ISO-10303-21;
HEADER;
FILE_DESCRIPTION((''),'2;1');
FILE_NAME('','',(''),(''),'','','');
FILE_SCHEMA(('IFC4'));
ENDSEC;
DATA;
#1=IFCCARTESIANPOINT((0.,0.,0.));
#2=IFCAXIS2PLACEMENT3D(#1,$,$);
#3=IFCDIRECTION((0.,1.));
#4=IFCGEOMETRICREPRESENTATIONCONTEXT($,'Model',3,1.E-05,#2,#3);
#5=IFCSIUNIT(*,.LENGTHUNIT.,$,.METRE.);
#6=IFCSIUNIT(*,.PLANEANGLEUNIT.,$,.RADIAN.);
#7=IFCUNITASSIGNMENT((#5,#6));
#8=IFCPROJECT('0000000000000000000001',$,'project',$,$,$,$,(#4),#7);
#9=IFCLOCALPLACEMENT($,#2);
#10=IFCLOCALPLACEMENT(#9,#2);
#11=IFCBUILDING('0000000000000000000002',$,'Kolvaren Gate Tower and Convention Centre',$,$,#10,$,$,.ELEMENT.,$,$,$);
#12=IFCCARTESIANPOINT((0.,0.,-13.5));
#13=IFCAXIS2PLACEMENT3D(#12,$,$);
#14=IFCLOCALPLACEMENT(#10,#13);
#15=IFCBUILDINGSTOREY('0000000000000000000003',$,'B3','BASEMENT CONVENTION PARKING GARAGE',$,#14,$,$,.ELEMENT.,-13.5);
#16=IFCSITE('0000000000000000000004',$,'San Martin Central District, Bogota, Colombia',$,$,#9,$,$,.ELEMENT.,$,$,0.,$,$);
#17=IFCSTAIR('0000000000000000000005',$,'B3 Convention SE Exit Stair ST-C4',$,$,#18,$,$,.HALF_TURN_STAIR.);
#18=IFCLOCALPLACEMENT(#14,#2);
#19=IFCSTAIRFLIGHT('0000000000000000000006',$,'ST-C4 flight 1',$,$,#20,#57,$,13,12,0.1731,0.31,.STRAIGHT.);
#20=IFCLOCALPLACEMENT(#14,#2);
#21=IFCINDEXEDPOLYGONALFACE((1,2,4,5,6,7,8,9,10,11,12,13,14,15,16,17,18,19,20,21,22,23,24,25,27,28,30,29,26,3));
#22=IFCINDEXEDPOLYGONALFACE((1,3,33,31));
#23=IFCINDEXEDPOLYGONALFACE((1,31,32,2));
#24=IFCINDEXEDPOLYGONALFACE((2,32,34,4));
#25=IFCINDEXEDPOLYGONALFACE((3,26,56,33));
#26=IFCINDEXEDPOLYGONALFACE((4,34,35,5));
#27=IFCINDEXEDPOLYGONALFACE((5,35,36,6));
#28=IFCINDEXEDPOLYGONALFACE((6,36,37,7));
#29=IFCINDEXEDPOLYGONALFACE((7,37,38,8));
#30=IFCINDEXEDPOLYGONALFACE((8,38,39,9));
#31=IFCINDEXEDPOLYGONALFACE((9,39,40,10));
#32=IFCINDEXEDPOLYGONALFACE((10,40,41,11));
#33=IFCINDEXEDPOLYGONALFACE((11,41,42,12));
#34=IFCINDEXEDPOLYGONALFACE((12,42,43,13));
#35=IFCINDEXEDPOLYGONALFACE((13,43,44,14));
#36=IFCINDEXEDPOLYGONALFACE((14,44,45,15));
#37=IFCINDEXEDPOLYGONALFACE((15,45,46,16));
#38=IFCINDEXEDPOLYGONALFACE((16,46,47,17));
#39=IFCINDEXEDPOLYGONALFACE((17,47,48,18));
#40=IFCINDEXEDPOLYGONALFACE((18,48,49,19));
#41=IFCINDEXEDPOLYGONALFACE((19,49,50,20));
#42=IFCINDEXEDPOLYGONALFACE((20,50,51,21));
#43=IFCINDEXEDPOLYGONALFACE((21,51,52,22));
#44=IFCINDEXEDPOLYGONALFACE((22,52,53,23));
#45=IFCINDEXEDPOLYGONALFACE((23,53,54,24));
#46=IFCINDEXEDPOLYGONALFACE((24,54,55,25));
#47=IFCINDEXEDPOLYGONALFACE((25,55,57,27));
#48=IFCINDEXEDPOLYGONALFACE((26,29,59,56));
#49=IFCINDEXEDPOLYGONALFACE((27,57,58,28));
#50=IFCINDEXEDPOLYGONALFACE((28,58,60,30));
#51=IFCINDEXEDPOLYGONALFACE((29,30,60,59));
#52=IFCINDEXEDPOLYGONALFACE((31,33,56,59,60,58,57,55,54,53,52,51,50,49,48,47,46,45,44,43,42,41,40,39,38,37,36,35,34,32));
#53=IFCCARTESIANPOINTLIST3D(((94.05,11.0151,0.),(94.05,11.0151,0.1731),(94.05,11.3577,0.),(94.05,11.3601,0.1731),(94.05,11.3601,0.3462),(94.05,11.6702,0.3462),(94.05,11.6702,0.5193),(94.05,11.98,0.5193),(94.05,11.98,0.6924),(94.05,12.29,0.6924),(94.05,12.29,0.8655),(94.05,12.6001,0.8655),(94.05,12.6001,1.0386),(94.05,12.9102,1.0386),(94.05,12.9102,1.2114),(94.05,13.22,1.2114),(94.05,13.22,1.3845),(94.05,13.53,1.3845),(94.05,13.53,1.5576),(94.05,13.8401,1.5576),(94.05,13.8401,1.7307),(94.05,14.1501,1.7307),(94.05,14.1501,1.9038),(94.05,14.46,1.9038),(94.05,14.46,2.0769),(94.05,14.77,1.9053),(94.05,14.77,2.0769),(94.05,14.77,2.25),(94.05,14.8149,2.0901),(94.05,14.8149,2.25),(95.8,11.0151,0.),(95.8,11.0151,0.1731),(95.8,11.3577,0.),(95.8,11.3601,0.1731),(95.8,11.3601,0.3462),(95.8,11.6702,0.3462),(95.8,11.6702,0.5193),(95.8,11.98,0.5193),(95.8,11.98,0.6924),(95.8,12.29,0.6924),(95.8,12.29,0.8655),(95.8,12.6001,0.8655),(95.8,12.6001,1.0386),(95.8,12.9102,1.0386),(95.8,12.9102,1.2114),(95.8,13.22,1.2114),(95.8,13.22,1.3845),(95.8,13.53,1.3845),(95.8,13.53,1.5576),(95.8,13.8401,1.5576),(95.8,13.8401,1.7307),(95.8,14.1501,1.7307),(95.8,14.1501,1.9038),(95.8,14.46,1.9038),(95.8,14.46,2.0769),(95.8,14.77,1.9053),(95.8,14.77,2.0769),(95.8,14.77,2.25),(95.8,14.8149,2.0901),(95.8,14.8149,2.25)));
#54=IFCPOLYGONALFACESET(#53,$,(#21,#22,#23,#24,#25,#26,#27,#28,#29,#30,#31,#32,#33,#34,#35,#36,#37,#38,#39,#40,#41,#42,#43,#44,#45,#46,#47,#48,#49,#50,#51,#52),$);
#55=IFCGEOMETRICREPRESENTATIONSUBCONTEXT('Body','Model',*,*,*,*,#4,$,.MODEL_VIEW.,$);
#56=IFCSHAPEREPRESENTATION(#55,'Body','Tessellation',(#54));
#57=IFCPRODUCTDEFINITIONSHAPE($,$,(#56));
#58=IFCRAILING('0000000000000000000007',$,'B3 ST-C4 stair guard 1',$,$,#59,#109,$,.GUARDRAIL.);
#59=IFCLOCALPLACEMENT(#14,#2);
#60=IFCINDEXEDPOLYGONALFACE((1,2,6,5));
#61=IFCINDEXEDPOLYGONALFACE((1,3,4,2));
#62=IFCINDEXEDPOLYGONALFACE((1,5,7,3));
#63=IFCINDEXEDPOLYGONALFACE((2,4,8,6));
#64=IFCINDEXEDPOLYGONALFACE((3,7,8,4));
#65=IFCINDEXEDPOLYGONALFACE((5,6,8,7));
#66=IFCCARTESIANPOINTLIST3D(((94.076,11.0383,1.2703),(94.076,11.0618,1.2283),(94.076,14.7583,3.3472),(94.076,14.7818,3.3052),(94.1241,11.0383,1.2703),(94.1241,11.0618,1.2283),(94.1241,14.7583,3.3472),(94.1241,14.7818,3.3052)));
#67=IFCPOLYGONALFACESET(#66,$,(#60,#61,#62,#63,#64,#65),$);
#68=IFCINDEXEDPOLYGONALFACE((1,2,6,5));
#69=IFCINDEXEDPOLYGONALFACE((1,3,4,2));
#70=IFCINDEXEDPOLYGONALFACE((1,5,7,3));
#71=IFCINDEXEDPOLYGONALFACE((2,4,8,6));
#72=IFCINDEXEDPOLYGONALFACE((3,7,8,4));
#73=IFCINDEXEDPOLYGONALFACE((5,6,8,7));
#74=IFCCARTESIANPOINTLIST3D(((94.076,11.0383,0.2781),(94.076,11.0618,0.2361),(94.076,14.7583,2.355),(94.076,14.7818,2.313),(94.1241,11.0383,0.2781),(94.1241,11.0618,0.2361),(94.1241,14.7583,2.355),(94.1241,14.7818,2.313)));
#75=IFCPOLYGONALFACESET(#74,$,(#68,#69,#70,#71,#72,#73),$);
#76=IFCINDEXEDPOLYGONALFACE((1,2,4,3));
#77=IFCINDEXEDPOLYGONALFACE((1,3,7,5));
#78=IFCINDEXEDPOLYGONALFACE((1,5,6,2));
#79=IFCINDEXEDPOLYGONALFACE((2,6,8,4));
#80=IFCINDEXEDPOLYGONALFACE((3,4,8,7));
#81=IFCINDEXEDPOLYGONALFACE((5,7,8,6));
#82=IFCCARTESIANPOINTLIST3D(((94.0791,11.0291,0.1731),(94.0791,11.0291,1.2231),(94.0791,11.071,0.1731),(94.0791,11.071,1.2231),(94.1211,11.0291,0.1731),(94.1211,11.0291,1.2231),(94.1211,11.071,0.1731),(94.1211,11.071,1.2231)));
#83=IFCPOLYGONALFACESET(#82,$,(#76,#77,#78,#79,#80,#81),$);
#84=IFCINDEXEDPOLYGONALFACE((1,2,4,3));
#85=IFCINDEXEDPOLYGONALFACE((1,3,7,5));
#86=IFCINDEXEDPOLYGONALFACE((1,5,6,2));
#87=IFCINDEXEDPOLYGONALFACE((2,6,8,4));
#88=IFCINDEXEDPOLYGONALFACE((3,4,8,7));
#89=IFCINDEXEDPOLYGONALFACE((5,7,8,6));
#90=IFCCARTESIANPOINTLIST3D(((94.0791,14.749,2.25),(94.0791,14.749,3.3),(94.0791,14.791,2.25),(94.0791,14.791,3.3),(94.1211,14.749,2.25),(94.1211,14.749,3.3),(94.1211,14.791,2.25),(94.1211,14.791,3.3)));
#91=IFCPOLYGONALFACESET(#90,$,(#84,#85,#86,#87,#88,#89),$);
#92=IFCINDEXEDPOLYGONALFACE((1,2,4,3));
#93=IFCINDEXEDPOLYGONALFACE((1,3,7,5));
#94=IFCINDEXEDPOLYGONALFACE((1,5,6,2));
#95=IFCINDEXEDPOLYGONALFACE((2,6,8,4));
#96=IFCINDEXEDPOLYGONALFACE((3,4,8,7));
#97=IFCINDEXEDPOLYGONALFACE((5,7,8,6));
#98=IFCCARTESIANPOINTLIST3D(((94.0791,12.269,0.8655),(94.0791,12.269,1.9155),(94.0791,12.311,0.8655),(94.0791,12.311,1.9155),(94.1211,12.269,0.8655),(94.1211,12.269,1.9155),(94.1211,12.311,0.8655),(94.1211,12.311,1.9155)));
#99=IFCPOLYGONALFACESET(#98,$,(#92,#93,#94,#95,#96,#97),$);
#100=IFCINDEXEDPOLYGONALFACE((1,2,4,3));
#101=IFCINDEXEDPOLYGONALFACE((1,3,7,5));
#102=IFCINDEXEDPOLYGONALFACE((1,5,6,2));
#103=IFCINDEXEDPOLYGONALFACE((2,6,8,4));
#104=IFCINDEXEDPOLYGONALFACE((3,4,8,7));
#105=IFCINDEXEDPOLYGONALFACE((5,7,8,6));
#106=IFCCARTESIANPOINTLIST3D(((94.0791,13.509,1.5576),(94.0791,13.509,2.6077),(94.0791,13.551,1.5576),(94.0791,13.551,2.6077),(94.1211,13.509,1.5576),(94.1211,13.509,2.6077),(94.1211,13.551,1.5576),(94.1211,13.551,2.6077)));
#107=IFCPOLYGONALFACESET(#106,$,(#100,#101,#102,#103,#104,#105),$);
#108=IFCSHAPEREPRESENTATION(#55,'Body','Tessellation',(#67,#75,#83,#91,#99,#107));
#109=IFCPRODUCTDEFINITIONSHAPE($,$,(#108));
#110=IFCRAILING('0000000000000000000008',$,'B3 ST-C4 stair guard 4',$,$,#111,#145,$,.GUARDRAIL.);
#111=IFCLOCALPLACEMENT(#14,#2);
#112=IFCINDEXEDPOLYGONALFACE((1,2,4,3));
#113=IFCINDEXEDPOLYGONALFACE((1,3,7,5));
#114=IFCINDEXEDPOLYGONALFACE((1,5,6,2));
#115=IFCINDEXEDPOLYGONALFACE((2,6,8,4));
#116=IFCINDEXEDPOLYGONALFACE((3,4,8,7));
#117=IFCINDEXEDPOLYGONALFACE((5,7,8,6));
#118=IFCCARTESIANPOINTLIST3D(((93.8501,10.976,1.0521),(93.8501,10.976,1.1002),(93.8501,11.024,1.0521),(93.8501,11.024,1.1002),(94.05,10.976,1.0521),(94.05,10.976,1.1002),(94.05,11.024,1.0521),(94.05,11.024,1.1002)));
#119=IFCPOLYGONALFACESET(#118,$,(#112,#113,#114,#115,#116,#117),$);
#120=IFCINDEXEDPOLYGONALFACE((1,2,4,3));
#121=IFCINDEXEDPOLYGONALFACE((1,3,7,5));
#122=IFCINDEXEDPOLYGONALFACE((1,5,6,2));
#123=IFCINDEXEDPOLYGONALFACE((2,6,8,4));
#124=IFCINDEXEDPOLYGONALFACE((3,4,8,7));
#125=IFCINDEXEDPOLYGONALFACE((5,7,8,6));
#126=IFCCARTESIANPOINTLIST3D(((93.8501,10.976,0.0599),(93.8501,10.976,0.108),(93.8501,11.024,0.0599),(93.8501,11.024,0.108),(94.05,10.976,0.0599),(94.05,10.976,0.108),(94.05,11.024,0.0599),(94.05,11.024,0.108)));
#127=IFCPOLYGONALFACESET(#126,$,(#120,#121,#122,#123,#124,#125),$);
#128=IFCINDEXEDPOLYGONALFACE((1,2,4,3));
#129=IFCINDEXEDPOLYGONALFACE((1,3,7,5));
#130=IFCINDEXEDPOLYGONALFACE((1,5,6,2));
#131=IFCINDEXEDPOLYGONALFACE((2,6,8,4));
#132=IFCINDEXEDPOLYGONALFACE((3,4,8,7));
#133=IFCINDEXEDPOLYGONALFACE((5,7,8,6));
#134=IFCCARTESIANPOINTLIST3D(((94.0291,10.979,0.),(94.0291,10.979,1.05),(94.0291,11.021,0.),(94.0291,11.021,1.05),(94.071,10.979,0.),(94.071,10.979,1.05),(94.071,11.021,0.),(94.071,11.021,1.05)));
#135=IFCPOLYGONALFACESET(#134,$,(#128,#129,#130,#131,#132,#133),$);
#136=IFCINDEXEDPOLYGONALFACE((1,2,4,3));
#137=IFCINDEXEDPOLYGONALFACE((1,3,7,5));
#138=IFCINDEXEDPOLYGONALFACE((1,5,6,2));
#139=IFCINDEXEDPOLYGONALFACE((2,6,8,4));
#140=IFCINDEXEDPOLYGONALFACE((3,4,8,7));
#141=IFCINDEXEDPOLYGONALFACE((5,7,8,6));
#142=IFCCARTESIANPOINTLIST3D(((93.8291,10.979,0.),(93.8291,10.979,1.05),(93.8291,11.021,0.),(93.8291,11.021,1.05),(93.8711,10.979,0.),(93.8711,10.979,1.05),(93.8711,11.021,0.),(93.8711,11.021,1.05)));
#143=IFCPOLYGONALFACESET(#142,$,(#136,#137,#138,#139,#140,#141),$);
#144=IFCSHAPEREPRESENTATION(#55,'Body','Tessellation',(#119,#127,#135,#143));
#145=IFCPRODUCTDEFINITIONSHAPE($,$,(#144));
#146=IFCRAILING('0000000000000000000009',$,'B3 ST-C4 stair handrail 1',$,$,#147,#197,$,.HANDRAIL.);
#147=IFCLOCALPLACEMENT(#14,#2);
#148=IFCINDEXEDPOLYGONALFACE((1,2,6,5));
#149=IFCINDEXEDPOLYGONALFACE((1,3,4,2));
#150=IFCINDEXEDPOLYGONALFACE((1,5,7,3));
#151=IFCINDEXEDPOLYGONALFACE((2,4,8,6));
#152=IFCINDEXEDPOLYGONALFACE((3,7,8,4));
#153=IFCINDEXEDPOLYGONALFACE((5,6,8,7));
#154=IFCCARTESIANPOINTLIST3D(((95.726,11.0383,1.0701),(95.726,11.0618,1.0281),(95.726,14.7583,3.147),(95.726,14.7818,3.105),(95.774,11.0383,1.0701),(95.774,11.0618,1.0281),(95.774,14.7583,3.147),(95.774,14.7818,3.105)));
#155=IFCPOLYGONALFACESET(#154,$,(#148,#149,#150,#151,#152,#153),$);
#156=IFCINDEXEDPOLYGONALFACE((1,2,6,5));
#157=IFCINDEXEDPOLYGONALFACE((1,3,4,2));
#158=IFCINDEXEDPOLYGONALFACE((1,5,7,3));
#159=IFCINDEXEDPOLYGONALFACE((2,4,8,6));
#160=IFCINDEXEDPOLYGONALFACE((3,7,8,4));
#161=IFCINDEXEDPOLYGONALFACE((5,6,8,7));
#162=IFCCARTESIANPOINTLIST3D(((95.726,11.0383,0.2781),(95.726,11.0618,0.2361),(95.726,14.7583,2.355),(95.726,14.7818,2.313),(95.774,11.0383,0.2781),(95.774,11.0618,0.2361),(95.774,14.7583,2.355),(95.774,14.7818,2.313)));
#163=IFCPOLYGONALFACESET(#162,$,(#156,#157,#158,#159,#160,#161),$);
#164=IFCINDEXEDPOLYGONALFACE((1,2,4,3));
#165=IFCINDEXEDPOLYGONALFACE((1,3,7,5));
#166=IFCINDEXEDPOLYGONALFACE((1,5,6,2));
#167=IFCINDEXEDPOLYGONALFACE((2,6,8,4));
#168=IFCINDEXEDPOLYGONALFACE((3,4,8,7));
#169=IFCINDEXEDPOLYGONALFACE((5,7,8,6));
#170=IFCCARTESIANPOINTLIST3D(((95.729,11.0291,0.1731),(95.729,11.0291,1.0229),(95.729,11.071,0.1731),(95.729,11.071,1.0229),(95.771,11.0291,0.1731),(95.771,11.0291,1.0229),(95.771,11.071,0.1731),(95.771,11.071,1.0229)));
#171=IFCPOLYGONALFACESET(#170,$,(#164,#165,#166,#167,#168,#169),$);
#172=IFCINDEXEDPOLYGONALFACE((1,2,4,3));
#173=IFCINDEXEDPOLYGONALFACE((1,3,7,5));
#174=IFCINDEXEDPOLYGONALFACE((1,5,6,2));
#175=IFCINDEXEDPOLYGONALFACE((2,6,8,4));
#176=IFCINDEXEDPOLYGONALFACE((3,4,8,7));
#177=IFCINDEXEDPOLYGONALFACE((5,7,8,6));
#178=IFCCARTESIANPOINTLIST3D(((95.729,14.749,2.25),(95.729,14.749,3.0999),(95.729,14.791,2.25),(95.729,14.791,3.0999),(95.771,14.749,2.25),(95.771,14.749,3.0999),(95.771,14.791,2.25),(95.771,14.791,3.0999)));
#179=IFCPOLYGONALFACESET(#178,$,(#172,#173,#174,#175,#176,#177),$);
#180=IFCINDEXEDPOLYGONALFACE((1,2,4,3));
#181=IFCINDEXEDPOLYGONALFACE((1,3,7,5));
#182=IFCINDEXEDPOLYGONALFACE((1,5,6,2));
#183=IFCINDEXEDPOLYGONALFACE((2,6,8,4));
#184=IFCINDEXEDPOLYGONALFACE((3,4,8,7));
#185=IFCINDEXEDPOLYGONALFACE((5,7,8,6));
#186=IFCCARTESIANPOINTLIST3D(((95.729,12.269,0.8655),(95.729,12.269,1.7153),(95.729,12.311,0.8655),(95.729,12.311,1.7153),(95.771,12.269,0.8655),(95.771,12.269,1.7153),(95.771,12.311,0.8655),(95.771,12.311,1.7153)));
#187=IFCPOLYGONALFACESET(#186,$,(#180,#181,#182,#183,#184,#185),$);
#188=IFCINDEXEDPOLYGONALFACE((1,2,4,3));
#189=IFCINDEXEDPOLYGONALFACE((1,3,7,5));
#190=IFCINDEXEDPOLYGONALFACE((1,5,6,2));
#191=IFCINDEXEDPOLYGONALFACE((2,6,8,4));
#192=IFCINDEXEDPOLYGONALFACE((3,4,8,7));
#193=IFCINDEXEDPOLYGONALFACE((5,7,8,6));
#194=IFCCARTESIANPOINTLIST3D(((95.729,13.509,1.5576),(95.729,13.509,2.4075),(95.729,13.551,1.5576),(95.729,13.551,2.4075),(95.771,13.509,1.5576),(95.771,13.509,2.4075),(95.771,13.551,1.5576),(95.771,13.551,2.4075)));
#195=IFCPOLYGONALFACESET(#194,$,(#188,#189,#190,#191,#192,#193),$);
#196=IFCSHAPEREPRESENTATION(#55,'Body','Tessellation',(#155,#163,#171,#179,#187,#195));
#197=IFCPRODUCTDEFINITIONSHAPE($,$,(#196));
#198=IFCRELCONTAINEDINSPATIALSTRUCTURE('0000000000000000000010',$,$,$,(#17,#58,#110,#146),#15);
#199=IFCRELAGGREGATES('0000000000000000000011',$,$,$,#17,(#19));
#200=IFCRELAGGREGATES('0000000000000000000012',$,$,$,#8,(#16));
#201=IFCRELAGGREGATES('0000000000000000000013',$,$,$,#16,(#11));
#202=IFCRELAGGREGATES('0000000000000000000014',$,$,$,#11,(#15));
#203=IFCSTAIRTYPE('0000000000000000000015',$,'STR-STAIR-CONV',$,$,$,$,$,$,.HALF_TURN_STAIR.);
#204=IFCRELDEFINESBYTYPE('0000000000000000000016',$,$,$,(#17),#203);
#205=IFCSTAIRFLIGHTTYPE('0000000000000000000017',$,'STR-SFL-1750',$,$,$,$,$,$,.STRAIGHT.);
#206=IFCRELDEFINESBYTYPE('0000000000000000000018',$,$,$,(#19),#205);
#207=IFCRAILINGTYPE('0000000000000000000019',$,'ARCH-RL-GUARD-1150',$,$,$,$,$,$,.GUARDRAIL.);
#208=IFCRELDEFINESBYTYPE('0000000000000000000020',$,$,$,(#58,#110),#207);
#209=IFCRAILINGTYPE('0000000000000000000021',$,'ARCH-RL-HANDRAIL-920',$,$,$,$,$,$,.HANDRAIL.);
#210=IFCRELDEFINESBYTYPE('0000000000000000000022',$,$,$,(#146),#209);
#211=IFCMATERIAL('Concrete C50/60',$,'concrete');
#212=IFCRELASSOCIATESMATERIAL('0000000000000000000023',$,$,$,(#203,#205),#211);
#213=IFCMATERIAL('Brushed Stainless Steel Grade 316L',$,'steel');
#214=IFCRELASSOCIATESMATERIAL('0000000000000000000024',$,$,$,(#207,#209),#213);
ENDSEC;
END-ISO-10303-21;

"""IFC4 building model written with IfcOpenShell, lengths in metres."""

from ifc_helpers import new_model, si_unit, direction, frame, origin, origin_2d, place, context, subcontext, project, spatial, polyline, rectangle, outline, extrude, material, type_object, element, aggregate, save


model = new_model("IFC4")

# Units and contexts
model_context = context("Model", 3, precision=1e-05, world=origin(), true_north=direction((0.0, 1.0)))
body_context = subcontext(model_context, "Body", "Model", "MODEL_VIEW")
ifc_project = project(units=[si_unit("LENGTHUNIT", "METRE"), si_unit("PLANEANGLEUNIT", "RADIAN")], contexts=[model_context])

# Site, building, storey
site_placement = place(None, origin())
site = spatial("IfcSite", under=ifc_project, at=site_placement, Name="San Martin Central District, Bogota, Colombia", CompositionType="ELEMENT", RefElevation=0.0)
building_placement = place(site_placement, origin())
building = spatial("IfcBuilding", under=site, at=building_placement, Name="Kolvaren Gate Tower and Convention Centre", CompositionType="ELEMENT")
storey_placement = place(building_placement, frame((0.0, 0.0, -13.5)))
storey = spatial("IfcBuildingStorey", under=building, at=storey_placement, Name="B3", Description="BASEMENT CONVENTION PARKING GARAGE", CompositionType="ELEMENT", Elevation=-13.5)

# Shared definitions
ifc_material_1 = material(Name="Concrete C50/60", Category="concrete")

# Stair, stair flight
stair_type = type_object("IfcStairType", Name="STR-STAIR-CONV", PredefinedType="HALF_TURN_STAIR", material=ifc_material_1)
stair_placement = place(storey_placement, origin())
stair = element("IfcStair", 1, at=stair_placement, inside=storey, type_object=stair_type, Name="B3 Convention SE Exit Stair ST-C4", PredefinedType="HALF_TURN_STAIR")
stair_flight_type = type_object("IfcStairFlightType", Name="STR-SFL-1750", PredefinedType="STRAIGHT", material=ifc_material_1)
stair_flight_placement = place(storey_placement, frame((94.925, 11.05, 0.0), z_axis=(0.0, 0.0, 1.0), x_axis=(0.0, 1.0, 0.0)))
stair_flight = element("IfcStairFlight", 2, at=stair_flight_placement, type_object=stair_flight_type, Name="ST-C4 flight 1", NumberOfRisers=13, NumberOfTreads=12, PredefinedType="STRAIGHT", RiserHeight=0.1731, TreadLength=0.31, context=body_context, shape_type="SweptSolid", body=[
    extrude(outline(polyline([(-0.0349, 0.0), (-0.0349, 0.1731), (0.3101, 0.1731), (0.3101, 0.3462), (0.6201, 0.3462), (0.6201, 0.5193), (0.9299, 0.5193), (0.9299, 0.6924), (1.24, 0.6924), (1.24, 0.8655), (1.55, 0.8655), (1.55, 1.0386), (1.8601, 1.0386), (1.8601, 1.2114), (2.1699, 1.2114), (2.1699, 1.3845), (2.48, 1.3845), (2.48, 1.5576), (2.79, 1.5576), (2.79, 1.7307), (3.1001, 1.7307), (3.1001, 1.9038), (3.4099, 1.9038), (3.4099, 2.0769), (3.72, 2.0769), (3.72, 2.25), (3.7649, 2.25), (3.7649, 2.0901), (3.72, 1.9053), (0.3076, 0.0), (-0.0349, 0.0)])), frame((0.0, 0.875, 0.0), z_axis=(0.0, -1.0, 0.0), x_axis=(1.0, 0.0, 0.0)), (0.0, 0.0, 1.0), 1.75),
])
aggregate(stair, [stair_flight])

# Railings
ifc_material_2 = material(Name="Brushed Stainless Steel Grade 316L", Category="steel")
railing_type_1 = type_object("IfcRailingType", Name="ARCH-RL-GUARD-1150", PredefinedType="GUARDRAIL", material=ifc_material_2)
railing_1_placement = place(storey_placement, frame((94.1001, 11.05, 0.1731)))
element("IfcRailing", 3, at=railing_1_placement, inside=storey, type_object=railing_type_1, Name="B3 ST-C4 stair guard 1", PredefinedType="GUARDRAIL", context=body_context, shape_type="SweptSolid", body=[
    extrude(rectangle(XDim=0.0481, YDim=0.0481, at=origin_2d()), frame((0.0, 0.0, 1.0762), z_axis=(0.0, 0.873134, 0.487481), x_axis=(-1.0, 0.0, 0.0)), (0.0, 0.0, 1.0), 4.2605),
    extrude(rectangle(XDim=0.0481, YDim=0.0481, at=origin_2d()), frame((0.0, 0.0, 0.084), z_axis=(0.0, 0.873134, 0.487481), x_axis=(-1.0, 0.0, 0.0)), (0.0, 0.0, 1.0), 4.2605),
    extrude(rectangle(XDim=0.042, YDim=0.042, at=origin_2d()), origin(), (0.0, 0.0, 1.0), 1.05),
    extrude(rectangle(XDim=0.042, YDim=0.042, at=origin_2d()), frame((0.0, 3.72, 2.0769)), (0.0, 0.0, 1.0), 1.05),
    extrude(rectangle(XDim=0.042, YDim=0.042, at=origin_2d()), frame((0.0, 1.24, 0.6924)), (0.0, 0.0, 1.0), 1.05),
    extrude(rectangle(XDim=0.042, YDim=0.042, at=origin_2d()), frame((0.0, 2.48, 1.3845)), (0.0, 0.0, 1.0), 1.05),
])
railing_2_placement = place(storey_placement, frame((94.05, 11.0, 0.0)))
element("IfcRailing", 4, at=railing_2_placement, inside=storey, type_object=railing_type_1, Name="B3 ST-C4 stair guard 4", PredefinedType="GUARDRAIL", context=body_context, shape_type="SweptSolid", body=[
    extrude(rectangle(XDim=0.0481, YDim=0.0481, at=origin_2d()), frame((0.0, 0.0, 1.0762), z_axis=(-1.0, 0.0, 0.0), x_axis=(0.0, -1.0, 0.0)), (0.0, 0.0, 1.0), 0.2),
    extrude(rectangle(XDim=0.0481, YDim=0.0481, at=origin_2d()), frame((0.0, 0.0, 0.084), z_axis=(-1.0, 0.0, 0.0), x_axis=(0.0, -1.0, 0.0)), (0.0, 0.0, 1.0), 0.2),
    extrude(rectangle(XDim=0.042, YDim=0.042, at=origin_2d()), origin(), (0.0, 0.0, 1.0), 1.05),
    extrude(rectangle(XDim=0.042, YDim=0.042, at=origin_2d()), frame((-0.2, 0.0, 0.0)), (0.0, 0.0, 1.0), 1.05),
])
railing_type_2 = type_object("IfcRailingType", Name="ARCH-RL-HANDRAIL-920", PredefinedType="HANDRAIL", material=ifc_material_2)
railing_3_placement = place(storey_placement, frame((95.75, 11.05, 0.1731)))
element("IfcRailing", 5, at=railing_3_placement, inside=storey, type_object=railing_type_2, Name="B3 ST-C4 stair handrail 1", PredefinedType="HANDRAIL", context=body_context, shape_type="SweptSolid", body=[
    extrude(rectangle(XDim=0.0481, YDim=0.0481, at=origin_2d()), frame((0.0, 0.0, 0.876), z_axis=(0.0, 0.873134, 0.487481), x_axis=(-1.0, 0.0, 0.0)), (0.0, 0.0, 1.0), 4.2605),
    extrude(rectangle(XDim=0.0481, YDim=0.0481, at=origin_2d()), frame((0.0, 0.0, 0.084), z_axis=(0.0, 0.873134, 0.487481), x_axis=(-1.0, 0.0, 0.0)), (0.0, 0.0, 1.0), 4.2605),
    extrude(rectangle(XDim=0.042, YDim=0.042, at=origin_2d()), origin(), (0.0, 0.0, 1.0), 0.8499),
    extrude(rectangle(XDim=0.042, YDim=0.042, at=origin_2d()), frame((0.0, 3.72, 2.0769)), (0.0, 0.0, 1.0), 0.8499),
    extrude(rectangle(XDim=0.042, YDim=0.042, at=origin_2d()), frame((0.0, 1.24, 0.6924)), (0.0, 0.0, 1.0), 0.8499),
    extrude(rectangle(XDim=0.042, YDim=0.042, at=origin_2d()), frame((0.0, 2.48, 1.3845)), (0.0, 0.0, 1.0), 0.8499),
])

save(model, "model.ifc")
